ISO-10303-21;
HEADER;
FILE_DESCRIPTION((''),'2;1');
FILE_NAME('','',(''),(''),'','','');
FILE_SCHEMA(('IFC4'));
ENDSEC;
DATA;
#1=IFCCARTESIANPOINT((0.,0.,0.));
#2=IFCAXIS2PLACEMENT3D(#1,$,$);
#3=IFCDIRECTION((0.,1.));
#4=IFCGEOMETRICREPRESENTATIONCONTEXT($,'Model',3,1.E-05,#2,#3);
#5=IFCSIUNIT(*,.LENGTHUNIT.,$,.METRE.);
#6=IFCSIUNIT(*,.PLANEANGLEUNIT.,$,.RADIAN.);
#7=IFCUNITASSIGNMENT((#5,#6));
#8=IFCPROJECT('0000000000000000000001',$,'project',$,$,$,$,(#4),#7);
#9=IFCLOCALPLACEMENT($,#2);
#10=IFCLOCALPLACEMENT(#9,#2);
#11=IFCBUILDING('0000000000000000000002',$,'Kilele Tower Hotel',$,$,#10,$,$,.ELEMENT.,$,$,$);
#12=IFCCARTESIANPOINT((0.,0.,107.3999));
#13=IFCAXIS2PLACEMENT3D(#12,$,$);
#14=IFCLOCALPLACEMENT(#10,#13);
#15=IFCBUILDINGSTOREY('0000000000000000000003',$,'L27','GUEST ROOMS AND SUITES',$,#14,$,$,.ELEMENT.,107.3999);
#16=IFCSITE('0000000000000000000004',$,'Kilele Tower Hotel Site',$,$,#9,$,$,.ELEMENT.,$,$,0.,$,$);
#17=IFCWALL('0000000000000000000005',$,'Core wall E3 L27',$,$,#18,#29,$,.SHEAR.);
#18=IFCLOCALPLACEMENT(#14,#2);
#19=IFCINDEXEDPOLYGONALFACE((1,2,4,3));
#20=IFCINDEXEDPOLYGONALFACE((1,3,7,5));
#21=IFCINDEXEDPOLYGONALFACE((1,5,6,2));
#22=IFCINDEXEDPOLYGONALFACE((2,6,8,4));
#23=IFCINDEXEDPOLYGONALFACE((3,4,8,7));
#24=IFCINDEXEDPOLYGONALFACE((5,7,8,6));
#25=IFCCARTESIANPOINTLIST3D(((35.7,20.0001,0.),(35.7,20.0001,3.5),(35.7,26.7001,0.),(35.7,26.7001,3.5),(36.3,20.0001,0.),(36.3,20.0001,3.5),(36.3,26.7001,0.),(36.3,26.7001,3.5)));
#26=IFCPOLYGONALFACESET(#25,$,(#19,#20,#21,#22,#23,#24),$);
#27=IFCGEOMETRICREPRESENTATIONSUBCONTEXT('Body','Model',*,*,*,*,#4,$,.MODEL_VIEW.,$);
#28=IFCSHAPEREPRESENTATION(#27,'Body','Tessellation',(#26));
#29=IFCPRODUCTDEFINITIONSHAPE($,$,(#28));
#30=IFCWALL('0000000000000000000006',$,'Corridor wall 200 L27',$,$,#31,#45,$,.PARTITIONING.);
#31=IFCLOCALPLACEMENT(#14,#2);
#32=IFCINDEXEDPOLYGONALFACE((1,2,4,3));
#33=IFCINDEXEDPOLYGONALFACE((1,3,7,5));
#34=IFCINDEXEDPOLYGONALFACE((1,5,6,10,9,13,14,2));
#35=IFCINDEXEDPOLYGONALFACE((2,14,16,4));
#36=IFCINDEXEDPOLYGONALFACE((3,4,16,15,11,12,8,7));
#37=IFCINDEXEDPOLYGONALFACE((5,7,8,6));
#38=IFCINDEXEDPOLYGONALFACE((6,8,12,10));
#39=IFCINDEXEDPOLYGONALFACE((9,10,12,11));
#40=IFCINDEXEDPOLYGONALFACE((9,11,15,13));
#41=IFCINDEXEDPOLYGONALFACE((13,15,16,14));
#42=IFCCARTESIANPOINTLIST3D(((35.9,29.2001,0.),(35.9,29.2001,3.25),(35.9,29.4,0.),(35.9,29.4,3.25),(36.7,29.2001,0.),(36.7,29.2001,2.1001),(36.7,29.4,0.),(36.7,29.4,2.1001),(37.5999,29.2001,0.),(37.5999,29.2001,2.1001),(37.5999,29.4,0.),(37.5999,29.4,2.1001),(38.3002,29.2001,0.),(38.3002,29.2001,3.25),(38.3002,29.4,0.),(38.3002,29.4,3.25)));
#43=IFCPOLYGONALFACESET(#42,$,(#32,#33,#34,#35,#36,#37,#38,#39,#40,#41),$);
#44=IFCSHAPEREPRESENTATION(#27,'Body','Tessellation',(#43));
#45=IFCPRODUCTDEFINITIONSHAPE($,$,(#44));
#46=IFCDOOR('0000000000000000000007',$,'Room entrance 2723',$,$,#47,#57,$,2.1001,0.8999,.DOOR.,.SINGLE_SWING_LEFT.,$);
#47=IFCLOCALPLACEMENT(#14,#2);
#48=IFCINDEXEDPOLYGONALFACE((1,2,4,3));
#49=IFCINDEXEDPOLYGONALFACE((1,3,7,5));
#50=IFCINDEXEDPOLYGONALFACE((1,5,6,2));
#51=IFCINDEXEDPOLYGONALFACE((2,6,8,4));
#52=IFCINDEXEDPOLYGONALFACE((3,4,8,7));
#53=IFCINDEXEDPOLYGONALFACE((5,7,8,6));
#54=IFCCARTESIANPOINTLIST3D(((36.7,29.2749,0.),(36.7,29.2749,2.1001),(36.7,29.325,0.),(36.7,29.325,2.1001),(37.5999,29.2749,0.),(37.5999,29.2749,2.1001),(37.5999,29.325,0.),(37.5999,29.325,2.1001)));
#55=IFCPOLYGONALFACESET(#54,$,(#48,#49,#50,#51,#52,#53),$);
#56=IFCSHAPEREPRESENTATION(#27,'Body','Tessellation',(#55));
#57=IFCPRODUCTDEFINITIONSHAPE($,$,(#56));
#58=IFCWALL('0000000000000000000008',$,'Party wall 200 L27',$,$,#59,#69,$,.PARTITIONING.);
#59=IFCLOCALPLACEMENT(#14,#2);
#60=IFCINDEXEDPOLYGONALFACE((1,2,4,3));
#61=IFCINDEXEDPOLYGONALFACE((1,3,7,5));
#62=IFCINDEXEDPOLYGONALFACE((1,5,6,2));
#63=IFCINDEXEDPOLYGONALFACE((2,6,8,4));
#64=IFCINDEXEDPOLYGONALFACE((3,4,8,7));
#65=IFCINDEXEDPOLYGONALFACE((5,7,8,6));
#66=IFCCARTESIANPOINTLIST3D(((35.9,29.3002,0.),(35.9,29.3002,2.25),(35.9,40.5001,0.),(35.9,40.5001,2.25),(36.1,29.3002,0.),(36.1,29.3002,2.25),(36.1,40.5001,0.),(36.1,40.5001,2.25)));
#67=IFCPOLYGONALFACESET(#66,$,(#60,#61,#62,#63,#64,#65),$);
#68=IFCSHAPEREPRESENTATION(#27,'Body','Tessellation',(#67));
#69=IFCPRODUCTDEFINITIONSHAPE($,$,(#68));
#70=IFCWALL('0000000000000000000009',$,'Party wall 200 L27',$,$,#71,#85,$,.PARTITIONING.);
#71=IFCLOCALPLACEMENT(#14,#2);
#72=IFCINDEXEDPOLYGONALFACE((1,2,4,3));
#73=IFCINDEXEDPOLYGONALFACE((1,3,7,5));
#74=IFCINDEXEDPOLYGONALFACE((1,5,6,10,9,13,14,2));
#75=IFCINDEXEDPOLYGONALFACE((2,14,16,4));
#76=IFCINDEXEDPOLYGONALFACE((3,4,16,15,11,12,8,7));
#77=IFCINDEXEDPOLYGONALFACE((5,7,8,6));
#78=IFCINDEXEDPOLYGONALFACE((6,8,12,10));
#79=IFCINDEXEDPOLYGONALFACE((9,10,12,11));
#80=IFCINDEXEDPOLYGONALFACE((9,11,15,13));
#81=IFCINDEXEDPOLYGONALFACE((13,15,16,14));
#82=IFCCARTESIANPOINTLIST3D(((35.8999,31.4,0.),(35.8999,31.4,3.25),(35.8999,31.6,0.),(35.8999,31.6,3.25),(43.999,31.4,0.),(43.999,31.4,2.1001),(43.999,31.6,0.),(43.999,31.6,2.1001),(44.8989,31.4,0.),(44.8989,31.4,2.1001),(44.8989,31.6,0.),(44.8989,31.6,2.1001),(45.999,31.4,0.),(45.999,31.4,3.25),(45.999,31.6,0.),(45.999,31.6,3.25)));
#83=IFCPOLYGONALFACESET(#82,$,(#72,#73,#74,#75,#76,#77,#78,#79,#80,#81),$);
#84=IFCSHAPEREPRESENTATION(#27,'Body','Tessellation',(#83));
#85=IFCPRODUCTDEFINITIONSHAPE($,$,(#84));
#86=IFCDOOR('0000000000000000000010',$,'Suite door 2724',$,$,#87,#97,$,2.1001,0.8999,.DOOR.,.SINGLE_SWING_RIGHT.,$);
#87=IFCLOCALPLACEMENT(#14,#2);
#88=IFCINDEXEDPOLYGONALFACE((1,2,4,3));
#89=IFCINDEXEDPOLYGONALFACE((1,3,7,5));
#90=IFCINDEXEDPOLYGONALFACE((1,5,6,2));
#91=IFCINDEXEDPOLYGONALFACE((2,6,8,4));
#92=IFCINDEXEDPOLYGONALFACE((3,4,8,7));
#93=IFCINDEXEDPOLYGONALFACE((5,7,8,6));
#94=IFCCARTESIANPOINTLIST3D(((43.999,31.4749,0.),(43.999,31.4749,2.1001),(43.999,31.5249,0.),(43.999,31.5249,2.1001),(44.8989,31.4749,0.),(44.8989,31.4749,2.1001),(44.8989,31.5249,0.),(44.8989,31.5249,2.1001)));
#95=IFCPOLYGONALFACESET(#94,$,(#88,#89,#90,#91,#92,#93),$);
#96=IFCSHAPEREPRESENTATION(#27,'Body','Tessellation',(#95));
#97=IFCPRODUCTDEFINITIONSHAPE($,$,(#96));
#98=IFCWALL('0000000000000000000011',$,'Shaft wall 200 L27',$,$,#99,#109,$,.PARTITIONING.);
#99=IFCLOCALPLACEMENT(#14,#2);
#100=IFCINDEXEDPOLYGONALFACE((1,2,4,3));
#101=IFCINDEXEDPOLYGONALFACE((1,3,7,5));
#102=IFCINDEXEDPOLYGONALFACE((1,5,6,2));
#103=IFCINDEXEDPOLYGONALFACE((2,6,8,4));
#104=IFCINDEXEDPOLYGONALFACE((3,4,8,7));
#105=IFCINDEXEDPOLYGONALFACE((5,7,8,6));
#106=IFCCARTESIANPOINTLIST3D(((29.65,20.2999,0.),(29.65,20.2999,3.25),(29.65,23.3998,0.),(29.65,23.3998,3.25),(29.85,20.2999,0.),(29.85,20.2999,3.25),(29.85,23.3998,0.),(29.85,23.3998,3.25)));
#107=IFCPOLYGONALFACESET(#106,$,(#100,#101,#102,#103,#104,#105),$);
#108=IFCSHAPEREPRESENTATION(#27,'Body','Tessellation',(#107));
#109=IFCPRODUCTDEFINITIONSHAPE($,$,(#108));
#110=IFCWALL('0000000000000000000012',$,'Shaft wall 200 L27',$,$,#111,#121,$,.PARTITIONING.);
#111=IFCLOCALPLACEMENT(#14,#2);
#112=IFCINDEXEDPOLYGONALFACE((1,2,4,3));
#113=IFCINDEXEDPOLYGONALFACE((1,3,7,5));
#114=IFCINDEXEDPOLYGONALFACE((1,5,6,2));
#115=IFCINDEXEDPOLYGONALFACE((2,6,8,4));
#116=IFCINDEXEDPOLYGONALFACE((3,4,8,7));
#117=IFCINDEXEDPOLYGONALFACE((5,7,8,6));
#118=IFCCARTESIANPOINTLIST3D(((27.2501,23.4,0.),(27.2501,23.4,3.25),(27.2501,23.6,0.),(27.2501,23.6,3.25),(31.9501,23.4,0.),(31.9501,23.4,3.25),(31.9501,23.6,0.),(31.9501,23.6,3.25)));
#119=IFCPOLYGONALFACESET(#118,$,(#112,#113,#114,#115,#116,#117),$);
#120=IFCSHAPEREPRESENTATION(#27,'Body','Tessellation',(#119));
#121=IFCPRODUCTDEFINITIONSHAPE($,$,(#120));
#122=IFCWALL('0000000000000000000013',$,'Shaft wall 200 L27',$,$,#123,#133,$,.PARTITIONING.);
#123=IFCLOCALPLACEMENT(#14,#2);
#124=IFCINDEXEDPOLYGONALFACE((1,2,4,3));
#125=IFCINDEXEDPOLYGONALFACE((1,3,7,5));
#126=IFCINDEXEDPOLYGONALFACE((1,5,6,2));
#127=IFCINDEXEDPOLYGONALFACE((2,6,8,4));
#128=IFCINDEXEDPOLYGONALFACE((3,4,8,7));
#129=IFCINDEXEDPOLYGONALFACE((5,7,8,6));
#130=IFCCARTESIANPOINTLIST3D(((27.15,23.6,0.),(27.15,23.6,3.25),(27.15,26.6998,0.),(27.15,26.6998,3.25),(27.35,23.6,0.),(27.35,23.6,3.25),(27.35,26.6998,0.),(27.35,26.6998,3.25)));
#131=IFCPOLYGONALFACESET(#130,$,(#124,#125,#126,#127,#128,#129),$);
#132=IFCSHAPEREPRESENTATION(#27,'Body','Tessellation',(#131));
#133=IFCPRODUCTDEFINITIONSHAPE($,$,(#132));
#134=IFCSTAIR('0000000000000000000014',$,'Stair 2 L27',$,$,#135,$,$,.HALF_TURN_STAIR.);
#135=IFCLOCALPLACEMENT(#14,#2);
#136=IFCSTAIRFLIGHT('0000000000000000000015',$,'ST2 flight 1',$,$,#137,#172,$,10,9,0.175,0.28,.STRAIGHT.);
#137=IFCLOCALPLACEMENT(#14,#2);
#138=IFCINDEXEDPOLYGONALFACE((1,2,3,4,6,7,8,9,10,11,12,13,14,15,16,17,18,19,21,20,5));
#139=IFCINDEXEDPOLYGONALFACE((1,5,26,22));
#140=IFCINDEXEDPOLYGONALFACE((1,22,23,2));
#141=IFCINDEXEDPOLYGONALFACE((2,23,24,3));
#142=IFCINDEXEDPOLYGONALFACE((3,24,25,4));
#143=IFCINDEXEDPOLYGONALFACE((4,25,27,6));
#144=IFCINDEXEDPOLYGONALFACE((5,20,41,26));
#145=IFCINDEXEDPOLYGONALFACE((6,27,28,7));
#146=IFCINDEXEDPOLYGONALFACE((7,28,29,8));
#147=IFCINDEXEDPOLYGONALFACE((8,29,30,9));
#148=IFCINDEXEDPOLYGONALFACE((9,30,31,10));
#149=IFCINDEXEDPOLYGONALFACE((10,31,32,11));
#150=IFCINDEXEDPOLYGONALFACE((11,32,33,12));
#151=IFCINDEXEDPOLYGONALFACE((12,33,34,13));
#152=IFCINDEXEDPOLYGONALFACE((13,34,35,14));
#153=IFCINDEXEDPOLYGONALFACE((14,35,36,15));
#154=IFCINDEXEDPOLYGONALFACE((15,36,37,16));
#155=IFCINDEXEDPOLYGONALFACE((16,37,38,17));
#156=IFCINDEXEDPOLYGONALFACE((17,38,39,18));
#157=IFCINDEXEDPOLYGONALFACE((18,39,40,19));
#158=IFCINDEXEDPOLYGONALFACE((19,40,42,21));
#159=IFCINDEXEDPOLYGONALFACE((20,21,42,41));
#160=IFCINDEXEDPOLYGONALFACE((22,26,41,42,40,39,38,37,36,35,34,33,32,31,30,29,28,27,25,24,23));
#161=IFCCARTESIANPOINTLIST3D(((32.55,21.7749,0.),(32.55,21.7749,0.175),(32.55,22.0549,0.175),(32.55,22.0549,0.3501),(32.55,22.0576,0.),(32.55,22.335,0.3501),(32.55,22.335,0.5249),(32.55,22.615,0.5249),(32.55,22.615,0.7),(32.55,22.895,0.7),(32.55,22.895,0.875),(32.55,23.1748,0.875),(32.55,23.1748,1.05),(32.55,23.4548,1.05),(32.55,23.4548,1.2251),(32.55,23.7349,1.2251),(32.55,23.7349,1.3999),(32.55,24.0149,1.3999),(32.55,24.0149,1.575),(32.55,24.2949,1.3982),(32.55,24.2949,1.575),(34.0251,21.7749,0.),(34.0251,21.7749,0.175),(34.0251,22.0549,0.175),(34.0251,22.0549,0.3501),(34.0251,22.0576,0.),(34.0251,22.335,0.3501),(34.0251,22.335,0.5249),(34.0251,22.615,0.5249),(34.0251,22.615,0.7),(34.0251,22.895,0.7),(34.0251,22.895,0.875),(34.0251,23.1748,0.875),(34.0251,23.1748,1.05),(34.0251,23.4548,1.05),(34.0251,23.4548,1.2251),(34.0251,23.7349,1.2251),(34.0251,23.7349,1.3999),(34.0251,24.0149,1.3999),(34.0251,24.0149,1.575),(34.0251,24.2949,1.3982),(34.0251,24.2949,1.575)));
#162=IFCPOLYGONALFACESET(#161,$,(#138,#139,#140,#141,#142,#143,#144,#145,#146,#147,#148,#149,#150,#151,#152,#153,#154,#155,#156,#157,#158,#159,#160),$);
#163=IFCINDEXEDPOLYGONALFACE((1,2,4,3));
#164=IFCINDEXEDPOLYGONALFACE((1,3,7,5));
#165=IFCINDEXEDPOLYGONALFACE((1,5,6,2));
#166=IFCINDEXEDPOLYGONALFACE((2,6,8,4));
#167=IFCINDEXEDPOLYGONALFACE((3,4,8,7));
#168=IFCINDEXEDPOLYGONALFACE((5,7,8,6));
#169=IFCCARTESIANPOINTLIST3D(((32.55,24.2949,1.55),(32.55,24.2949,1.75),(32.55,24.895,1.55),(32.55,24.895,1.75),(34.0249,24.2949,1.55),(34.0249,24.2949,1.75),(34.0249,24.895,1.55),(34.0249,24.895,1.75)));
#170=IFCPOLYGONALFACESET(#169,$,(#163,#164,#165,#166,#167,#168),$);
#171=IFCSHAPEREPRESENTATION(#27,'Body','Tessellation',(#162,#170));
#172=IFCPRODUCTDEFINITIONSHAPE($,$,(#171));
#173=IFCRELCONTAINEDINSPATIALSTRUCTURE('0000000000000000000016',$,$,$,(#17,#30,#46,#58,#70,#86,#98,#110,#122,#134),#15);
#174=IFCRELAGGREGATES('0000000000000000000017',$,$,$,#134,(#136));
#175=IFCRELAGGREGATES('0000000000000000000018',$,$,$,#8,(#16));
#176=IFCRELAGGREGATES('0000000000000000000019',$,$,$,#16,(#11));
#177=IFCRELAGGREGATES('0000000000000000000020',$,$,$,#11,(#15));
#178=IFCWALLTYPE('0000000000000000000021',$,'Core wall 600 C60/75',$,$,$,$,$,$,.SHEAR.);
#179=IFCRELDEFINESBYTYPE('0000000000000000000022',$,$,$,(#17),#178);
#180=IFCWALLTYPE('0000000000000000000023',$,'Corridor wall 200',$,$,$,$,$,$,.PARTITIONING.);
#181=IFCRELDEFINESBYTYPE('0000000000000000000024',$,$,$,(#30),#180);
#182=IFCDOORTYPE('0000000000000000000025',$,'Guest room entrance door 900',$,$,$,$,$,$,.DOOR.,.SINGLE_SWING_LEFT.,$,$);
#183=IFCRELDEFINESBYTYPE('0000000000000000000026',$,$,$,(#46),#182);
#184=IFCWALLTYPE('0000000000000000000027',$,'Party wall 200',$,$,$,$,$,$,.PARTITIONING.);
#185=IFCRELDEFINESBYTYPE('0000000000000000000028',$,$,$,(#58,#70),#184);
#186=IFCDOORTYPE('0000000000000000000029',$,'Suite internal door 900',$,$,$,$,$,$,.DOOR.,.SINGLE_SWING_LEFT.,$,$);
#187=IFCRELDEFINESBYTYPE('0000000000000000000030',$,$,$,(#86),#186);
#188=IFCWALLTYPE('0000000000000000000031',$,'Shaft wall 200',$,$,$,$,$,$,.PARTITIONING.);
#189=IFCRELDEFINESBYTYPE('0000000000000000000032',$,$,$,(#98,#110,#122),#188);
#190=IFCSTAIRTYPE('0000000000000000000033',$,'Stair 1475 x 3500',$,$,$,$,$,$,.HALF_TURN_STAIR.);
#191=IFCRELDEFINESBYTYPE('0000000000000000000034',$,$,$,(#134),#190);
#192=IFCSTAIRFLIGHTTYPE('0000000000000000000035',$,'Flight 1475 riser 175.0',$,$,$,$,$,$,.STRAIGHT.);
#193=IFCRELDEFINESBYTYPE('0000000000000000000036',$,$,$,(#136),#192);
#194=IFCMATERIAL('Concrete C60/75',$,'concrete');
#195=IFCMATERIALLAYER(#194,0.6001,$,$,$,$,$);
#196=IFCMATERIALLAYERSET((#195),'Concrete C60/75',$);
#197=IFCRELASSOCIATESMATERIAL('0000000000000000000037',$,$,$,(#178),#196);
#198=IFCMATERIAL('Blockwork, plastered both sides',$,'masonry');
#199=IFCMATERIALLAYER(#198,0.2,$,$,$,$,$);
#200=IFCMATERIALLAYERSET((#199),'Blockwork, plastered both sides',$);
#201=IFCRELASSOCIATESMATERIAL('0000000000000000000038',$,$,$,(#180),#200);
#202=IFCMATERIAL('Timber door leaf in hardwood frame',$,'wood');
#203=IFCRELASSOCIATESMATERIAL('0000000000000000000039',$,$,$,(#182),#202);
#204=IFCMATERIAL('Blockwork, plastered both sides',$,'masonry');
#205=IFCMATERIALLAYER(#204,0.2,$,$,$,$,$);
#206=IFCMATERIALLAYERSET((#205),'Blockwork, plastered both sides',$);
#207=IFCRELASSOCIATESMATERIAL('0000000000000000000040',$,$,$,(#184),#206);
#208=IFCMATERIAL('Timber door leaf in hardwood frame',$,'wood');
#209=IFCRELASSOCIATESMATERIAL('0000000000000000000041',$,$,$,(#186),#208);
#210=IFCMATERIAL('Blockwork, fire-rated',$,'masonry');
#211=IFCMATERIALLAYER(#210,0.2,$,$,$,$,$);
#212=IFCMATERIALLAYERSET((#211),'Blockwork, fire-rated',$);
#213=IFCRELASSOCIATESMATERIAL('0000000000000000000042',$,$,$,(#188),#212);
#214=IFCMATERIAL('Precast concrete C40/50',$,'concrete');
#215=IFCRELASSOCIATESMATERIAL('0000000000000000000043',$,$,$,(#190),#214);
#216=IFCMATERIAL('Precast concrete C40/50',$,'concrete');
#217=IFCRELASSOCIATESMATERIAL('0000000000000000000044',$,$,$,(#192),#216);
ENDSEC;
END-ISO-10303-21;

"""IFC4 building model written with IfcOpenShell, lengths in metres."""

from ifc_helpers import new_model, si_unit, direction, frame, frame_2d, origin, place, context, subcontext, project, spatial, polyline, rectangle, outline, extrude, material, layer, layer_set, type_object, element, fill, aggregate, save


model = new_model("IFC4")

# Units and contexts
model_context = context("Model", 3, precision=1e-05, world=origin(), true_north=direction((0.0, 1.0)))
body_context = subcontext(model_context, "Body", "Model", "MODEL_VIEW")
ifc_project = project(units=[si_unit("LENGTHUNIT", "METRE"), si_unit("PLANEANGLEUNIT", "RADIAN")], contexts=[model_context])

# Site, building, storey
site_placement = place(None, origin())
site = spatial("IfcSite", under=ifc_project, at=site_placement, Name="Kilele Tower Hotel Site", CompositionType="ELEMENT", RefElevation=0.0)
building_placement = place(site_placement, origin())
building = spatial("IfcBuilding", under=site, at=building_placement, Name="Kilele Tower Hotel", CompositionType="ELEMENT")
storey_placement = place(building_placement, frame((0.0, 0.0, 107.3999)))
storey = spatial("IfcBuildingStorey", under=building, at=storey_placement, Name="L27", Description="GUEST ROOMS AND SUITES", CompositionType="ELEMENT", Elevation=107.3999)

# Wall
ifc_material_1 = material(Name="Concrete C60/75", Category="concrete")
ifc_layer_1 = layer(ifc_material_1, 0.6001)
ifc_layer_set_1 = layer_set([ifc_layer_1], Name="Concrete C60/75")
wall_type_1 = type_object("IfcWallType", Name="Core wall 600 C60/75", PredefinedType="SHEAR", material=ifc_layer_set_1)
wall_1_placement = place(storey_placement, frame((36.0, 20.0, 0.0), z_axis=(0.0, 0.0, 1.0), x_axis=(0.0, 1.0, 0.0)))
element("IfcWall", 1, at=wall_1_placement, inside=storey, type_object=wall_type_1, Name="Core wall E3 L27", PredefinedType="SHEAR", context=body_context, shape_type="SweptSolid", body=[
    extrude(rectangle(XDim=6.7, YDim=0.6001, at=frame_2d((3.3501, 0.0))), origin(), (0.0, 0.0, 1.0), 3.5),
])

# Wall, opening, door
ifc_material_2 = material(Name="Blockwork, plastered both sides", Category="masonry")
ifc_layer_2 = layer(ifc_material_2, 0.2)
ifc_layer_set_2 = layer_set([ifc_layer_2], Name="Blockwork, plastered both sides")
wall_type_2 = type_object("IfcWallType", Name="Corridor wall 200", PredefinedType="PARTITIONING", material=ifc_layer_set_2)
wall_2_placement = place(storey_placement, frame((35.8999, 29.3, 0.0), z_axis=(0.0, 0.0, 1.0), x_axis=(1.0, 0.0, 0.0)))
wall_2 = element("IfcWall", 2, at=wall_2_placement, inside=storey, type_object=wall_type_2, Name="Corridor wall 200 L27", PredefinedType="PARTITIONING", context=body_context, shape_type="SweptSolid", body=[
    extrude(rectangle(XDim=2.4001, YDim=0.2, at=frame_2d((1.2002, 0.0))), origin(), (0.0, 0.0, 1.0), 3.25),
])
opening_1_placement = place(wall_2_placement, frame((0.8, 0.0, 0.0)))
opening_1 = element("IfcOpeningElement", 3, at=opening_1_placement, cuts=wall_2, PredefinedType="OPENING", context=body_context, shape_type="SweptSolid", body=[
    extrude(rectangle(XDim=0.8999, YDim=2.1001, at=frame_2d((0.45, 1.05))), frame((0.0, 0.1099, 0.0), z_axis=(0.0, -1.0, 0.0), x_axis=(1.0, 0.0, 0.0)), (0.0, 0.0, 1.0), 0.22),
])
ifc_material_3 = material(Name="Timber door leaf in hardwood frame", Category="wood")
door_type_1 = type_object("IfcDoorType", Name="Guest room entrance door 900", OperationType="SINGLE_SWING_LEFT", PredefinedType="DOOR", material=ifc_material_3)
door_1_placement = place(opening_1_placement, origin())
door_1 = element("IfcDoor", 4, at=door_1_placement, inside=storey, type_object=door_type_1, Name="Room entrance 2723", OperationType="SINGLE_SWING_LEFT", OverallHeight=2.1001, OverallWidth=0.8999, PredefinedType="DOOR", context=body_context, shape_type="SweptSolid", body=[
    extrude(rectangle(XDim=0.8999, YDim=2.1001, at=frame_2d((0.45, 1.05))), frame((0.0, 0.0249, 0.0), z_axis=(0.0, -1.0, 0.0), x_axis=(1.0, 0.0, 0.0)), (0.0, 0.0, 1.0), 0.05),
])
fill(opening_1, door_1)

# Wall
ifc_material_4 = material(Name="Blockwork, plastered both sides", Category="masonry")
ifc_layer_3 = layer(ifc_material_4, 0.2)
ifc_layer_set_3 = layer_set([ifc_layer_3], Name="Blockwork, plastered both sides")
wall_type_3 = type_object("IfcWallType", Name="Party wall 200", PredefinedType="PARTITIONING", material=ifc_layer_set_3)
wall_3_placement = place(storey_placement, frame((36.0, 29.3, 0.0), z_axis=(0.0, 0.0, 1.0), x_axis=(0.0, 1.0, 0.0)))
element("IfcWall", 5, at=wall_3_placement, inside=storey, type_object=wall_type_3, Name="Party wall 200 L27", PredefinedType="PARTITIONING", context=body_context, shape_type="SweptSolid", body=[
    extrude(rectangle(XDim=11.2, YDim=0.2, at=frame_2d((5.6001, 0.0))), origin(), (0.0, 0.0, 1.0), 2.25),
])

# Wall, opening, door
wall_4_placement = place(storey_placement, frame((35.8999, 31.5, 0.0), z_axis=(0.0, 0.0, 1.0), x_axis=(1.0, 0.0, 0.0)))
wall_4 = element("IfcWall", 6, at=wall_4_placement, inside=storey, type_object=wall_type_3, Name="Party wall 200 L27", PredefinedType="PARTITIONING", context=body_context, shape_type="SweptSolid", body=[
    extrude(rectangle(XDim=10.0991, YDim=0.2, at=frame_2d((5.0496, 0.0))), origin(), (0.0, 0.0, 1.0), 3.25),
])
opening_2_placement = place(wall_4_placement, frame((8.0991, 0.0, 0.0)))
opening_2 = element("IfcOpeningElement", 7, at=opening_2_placement, cuts=wall_4, PredefinedType="OPENING", context=body_context, shape_type="SweptSolid", body=[
    extrude(rectangle(XDim=0.8999, YDim=2.1001, at=frame_2d((0.45, 1.05))), frame((0.0, 0.1099, 0.0), z_axis=(0.0, -1.0, 0.0), x_axis=(1.0, 0.0, 0.0)), (0.0, 0.0, 1.0), 0.22),
])
ifc_material_5 = material(Name="Timber door leaf in hardwood frame", Category="wood")
door_type_2 = type_object("IfcDoorType", Name="Suite internal door 900", OperationType="SINGLE_SWING_LEFT", PredefinedType="DOOR", material=ifc_material_5)
door_2_placement = place(opening_2_placement, origin())
door_2 = element("IfcDoor", 8, at=door_2_placement, inside=storey, type_object=door_type_2, Name="Suite door 2724", OperationType="SINGLE_SWING_RIGHT", OverallHeight=2.1001, OverallWidth=0.8999, PredefinedType="DOOR", context=body_context, shape_type="SweptSolid", body=[
    extrude(rectangle(XDim=0.8999, YDim=2.1001, at=frame_2d((0.45, 1.05))), frame((0.0, 0.0249, 0.0), z_axis=(0.0, -1.0, 0.0), x_axis=(1.0, 0.0, 0.0)), (0.0, 0.0, 1.0), 0.05),
])
fill(opening_2, door_2)

# Walls
ifc_material_6 = material(Name="Blockwork, fire-rated", Category="masonry")
ifc_layer_4 = layer(ifc_material_6, 0.2)
ifc_layer_set_4 = layer_set([ifc_layer_4], Name="Blockwork, fire-rated")
wall_type_4 = type_object("IfcWallType", Name="Shaft wall 200", PredefinedType="PARTITIONING", material=ifc_layer_set_4)
wall_5_placement = place(storey_placement, frame((29.75, 20.3, 0.0), z_axis=(0.0, 0.0, 1.0), x_axis=(0.0, 1.0, 0.0)))
element("IfcWall", 9, at=wall_5_placement, inside=storey, type_object=wall_type_4, Name="Shaft wall 200 L27", PredefinedType="PARTITIONING", context=body_context, shape_type="SweptSolid", body=[
    extrude(rectangle(XDim=3.0999, YDim=0.2, at=frame_2d((1.5498, 0.0))), origin(), (0.0, 0.0, 1.0), 3.25),
])
wall_6_placement = place(storey_placement, frame((27.25, 23.5, 0.0), z_axis=(0.0, 0.0, 1.0), x_axis=(1.0, 0.0, 0.0)))
element("IfcWall", 10, at=wall_6_placement, inside=storey, type_object=wall_type_4, Name="Shaft wall 200 L27", PredefinedType="PARTITIONING", context=body_context, shape_type="SweptSolid", body=[
    extrude(rectangle(XDim=4.7, YDim=0.2, at=frame_2d((2.3501, 0.0))), origin(), (0.0, 0.0, 1.0), 3.25),
])
wall_7_placement = place(storey_placement, frame((27.25, 23.6001, 0.0), z_axis=(0.0, 0.0, 1.0), x_axis=(0.0, 1.0, 0.0)))
element("IfcWall", 11, at=wall_7_placement, inside=storey, type_object=wall_type_4, Name="Shaft wall 200 L27", PredefinedType="PARTITIONING", context=body_context, shape_type="SweptSolid", body=[
    extrude(rectangle(XDim=3.0999, YDim=0.2, at=frame_2d((1.5498, 0.0))), origin(), (0.0, 0.0, 1.0), 3.25),
])

# Stair, stair flight
ifc_material_7 = material(Name="Precast concrete C40/50", Category="concrete")
stair_type = type_object("IfcStairType", Name="Stair 1475 x 3500", PredefinedType="HALF_TURN_STAIR", material=ifc_material_7)
stair_placement = place(storey_placement, origin())
stair = element("IfcStair", 12, at=stair_placement, inside=storey, type_object=stair_type, Name="Stair 2 L27", PredefinedType="HALF_TURN_STAIR")
ifc_material_8 = material(Name="Precast concrete C40/50", Category="concrete")
stair_flight_type = type_object("IfcStairFlightType", Name="Flight 1475 riser 175.0", PredefinedType="STRAIGHT", material=ifc_material_8)
stair_flight_1_placement = place(storey_placement, frame((33.2876, 21.7749, 0.0), z_axis=(0.0, 0.0, 1.0), x_axis=(0.0, 1.0, 0.0)))
stair_flight_1 = element("IfcStairFlight", 13, at=stair_flight_1_placement, type_object=stair_flight_type, Name="ST2 flight 1", NumberOfRisers=10, NumberOfTreads=9, PredefinedType="STRAIGHT", RiserHeight=0.175, TreadLength=0.28, context=body_context, shape_type="SweptSolid", body=[
    extrude(outline(polyline([(0.0, 0.0), (0.0, 0.175), (0.28, 0.175), (0.28, 0.3501), (0.5601, 0.3501), (0.5601, 0.5249), (0.8401, 0.5249), (0.8401, 0.7), (1.1201, 0.7), (1.1201, 0.875), (1.3999, 0.875), (1.3999, 1.05), (1.6799, 1.05), (1.6799, 1.2251), (1.96, 1.2251), (1.96, 1.3999), (2.24, 1.3999), (2.24, 1.575), (2.52, 1.575), (2.52, 1.75), (2.52, 1.3982), (0.2827, 0.0), (0.0, 0.0)])), frame((0.0, 0.7375, 0.0), z_axis=(0.0, -1.0, 0.0), x_axis=(1.0, 0.0, 0.0)), (0.0, 0.0, 1.0), 1.4751),
    extrude(outline(polyline([(2.52, 0.7375), (2.52, -0.7373), (3.1201, -0.7373), (3.1201, 0.7375), (2.52, 0.7375)])), frame((0.0, 0.0, 1.55)), (0.0, 0.0, 1.0), 0.2),
])
aggregate(stair, [stair_flight_1])

save(model, "model.ifc")
